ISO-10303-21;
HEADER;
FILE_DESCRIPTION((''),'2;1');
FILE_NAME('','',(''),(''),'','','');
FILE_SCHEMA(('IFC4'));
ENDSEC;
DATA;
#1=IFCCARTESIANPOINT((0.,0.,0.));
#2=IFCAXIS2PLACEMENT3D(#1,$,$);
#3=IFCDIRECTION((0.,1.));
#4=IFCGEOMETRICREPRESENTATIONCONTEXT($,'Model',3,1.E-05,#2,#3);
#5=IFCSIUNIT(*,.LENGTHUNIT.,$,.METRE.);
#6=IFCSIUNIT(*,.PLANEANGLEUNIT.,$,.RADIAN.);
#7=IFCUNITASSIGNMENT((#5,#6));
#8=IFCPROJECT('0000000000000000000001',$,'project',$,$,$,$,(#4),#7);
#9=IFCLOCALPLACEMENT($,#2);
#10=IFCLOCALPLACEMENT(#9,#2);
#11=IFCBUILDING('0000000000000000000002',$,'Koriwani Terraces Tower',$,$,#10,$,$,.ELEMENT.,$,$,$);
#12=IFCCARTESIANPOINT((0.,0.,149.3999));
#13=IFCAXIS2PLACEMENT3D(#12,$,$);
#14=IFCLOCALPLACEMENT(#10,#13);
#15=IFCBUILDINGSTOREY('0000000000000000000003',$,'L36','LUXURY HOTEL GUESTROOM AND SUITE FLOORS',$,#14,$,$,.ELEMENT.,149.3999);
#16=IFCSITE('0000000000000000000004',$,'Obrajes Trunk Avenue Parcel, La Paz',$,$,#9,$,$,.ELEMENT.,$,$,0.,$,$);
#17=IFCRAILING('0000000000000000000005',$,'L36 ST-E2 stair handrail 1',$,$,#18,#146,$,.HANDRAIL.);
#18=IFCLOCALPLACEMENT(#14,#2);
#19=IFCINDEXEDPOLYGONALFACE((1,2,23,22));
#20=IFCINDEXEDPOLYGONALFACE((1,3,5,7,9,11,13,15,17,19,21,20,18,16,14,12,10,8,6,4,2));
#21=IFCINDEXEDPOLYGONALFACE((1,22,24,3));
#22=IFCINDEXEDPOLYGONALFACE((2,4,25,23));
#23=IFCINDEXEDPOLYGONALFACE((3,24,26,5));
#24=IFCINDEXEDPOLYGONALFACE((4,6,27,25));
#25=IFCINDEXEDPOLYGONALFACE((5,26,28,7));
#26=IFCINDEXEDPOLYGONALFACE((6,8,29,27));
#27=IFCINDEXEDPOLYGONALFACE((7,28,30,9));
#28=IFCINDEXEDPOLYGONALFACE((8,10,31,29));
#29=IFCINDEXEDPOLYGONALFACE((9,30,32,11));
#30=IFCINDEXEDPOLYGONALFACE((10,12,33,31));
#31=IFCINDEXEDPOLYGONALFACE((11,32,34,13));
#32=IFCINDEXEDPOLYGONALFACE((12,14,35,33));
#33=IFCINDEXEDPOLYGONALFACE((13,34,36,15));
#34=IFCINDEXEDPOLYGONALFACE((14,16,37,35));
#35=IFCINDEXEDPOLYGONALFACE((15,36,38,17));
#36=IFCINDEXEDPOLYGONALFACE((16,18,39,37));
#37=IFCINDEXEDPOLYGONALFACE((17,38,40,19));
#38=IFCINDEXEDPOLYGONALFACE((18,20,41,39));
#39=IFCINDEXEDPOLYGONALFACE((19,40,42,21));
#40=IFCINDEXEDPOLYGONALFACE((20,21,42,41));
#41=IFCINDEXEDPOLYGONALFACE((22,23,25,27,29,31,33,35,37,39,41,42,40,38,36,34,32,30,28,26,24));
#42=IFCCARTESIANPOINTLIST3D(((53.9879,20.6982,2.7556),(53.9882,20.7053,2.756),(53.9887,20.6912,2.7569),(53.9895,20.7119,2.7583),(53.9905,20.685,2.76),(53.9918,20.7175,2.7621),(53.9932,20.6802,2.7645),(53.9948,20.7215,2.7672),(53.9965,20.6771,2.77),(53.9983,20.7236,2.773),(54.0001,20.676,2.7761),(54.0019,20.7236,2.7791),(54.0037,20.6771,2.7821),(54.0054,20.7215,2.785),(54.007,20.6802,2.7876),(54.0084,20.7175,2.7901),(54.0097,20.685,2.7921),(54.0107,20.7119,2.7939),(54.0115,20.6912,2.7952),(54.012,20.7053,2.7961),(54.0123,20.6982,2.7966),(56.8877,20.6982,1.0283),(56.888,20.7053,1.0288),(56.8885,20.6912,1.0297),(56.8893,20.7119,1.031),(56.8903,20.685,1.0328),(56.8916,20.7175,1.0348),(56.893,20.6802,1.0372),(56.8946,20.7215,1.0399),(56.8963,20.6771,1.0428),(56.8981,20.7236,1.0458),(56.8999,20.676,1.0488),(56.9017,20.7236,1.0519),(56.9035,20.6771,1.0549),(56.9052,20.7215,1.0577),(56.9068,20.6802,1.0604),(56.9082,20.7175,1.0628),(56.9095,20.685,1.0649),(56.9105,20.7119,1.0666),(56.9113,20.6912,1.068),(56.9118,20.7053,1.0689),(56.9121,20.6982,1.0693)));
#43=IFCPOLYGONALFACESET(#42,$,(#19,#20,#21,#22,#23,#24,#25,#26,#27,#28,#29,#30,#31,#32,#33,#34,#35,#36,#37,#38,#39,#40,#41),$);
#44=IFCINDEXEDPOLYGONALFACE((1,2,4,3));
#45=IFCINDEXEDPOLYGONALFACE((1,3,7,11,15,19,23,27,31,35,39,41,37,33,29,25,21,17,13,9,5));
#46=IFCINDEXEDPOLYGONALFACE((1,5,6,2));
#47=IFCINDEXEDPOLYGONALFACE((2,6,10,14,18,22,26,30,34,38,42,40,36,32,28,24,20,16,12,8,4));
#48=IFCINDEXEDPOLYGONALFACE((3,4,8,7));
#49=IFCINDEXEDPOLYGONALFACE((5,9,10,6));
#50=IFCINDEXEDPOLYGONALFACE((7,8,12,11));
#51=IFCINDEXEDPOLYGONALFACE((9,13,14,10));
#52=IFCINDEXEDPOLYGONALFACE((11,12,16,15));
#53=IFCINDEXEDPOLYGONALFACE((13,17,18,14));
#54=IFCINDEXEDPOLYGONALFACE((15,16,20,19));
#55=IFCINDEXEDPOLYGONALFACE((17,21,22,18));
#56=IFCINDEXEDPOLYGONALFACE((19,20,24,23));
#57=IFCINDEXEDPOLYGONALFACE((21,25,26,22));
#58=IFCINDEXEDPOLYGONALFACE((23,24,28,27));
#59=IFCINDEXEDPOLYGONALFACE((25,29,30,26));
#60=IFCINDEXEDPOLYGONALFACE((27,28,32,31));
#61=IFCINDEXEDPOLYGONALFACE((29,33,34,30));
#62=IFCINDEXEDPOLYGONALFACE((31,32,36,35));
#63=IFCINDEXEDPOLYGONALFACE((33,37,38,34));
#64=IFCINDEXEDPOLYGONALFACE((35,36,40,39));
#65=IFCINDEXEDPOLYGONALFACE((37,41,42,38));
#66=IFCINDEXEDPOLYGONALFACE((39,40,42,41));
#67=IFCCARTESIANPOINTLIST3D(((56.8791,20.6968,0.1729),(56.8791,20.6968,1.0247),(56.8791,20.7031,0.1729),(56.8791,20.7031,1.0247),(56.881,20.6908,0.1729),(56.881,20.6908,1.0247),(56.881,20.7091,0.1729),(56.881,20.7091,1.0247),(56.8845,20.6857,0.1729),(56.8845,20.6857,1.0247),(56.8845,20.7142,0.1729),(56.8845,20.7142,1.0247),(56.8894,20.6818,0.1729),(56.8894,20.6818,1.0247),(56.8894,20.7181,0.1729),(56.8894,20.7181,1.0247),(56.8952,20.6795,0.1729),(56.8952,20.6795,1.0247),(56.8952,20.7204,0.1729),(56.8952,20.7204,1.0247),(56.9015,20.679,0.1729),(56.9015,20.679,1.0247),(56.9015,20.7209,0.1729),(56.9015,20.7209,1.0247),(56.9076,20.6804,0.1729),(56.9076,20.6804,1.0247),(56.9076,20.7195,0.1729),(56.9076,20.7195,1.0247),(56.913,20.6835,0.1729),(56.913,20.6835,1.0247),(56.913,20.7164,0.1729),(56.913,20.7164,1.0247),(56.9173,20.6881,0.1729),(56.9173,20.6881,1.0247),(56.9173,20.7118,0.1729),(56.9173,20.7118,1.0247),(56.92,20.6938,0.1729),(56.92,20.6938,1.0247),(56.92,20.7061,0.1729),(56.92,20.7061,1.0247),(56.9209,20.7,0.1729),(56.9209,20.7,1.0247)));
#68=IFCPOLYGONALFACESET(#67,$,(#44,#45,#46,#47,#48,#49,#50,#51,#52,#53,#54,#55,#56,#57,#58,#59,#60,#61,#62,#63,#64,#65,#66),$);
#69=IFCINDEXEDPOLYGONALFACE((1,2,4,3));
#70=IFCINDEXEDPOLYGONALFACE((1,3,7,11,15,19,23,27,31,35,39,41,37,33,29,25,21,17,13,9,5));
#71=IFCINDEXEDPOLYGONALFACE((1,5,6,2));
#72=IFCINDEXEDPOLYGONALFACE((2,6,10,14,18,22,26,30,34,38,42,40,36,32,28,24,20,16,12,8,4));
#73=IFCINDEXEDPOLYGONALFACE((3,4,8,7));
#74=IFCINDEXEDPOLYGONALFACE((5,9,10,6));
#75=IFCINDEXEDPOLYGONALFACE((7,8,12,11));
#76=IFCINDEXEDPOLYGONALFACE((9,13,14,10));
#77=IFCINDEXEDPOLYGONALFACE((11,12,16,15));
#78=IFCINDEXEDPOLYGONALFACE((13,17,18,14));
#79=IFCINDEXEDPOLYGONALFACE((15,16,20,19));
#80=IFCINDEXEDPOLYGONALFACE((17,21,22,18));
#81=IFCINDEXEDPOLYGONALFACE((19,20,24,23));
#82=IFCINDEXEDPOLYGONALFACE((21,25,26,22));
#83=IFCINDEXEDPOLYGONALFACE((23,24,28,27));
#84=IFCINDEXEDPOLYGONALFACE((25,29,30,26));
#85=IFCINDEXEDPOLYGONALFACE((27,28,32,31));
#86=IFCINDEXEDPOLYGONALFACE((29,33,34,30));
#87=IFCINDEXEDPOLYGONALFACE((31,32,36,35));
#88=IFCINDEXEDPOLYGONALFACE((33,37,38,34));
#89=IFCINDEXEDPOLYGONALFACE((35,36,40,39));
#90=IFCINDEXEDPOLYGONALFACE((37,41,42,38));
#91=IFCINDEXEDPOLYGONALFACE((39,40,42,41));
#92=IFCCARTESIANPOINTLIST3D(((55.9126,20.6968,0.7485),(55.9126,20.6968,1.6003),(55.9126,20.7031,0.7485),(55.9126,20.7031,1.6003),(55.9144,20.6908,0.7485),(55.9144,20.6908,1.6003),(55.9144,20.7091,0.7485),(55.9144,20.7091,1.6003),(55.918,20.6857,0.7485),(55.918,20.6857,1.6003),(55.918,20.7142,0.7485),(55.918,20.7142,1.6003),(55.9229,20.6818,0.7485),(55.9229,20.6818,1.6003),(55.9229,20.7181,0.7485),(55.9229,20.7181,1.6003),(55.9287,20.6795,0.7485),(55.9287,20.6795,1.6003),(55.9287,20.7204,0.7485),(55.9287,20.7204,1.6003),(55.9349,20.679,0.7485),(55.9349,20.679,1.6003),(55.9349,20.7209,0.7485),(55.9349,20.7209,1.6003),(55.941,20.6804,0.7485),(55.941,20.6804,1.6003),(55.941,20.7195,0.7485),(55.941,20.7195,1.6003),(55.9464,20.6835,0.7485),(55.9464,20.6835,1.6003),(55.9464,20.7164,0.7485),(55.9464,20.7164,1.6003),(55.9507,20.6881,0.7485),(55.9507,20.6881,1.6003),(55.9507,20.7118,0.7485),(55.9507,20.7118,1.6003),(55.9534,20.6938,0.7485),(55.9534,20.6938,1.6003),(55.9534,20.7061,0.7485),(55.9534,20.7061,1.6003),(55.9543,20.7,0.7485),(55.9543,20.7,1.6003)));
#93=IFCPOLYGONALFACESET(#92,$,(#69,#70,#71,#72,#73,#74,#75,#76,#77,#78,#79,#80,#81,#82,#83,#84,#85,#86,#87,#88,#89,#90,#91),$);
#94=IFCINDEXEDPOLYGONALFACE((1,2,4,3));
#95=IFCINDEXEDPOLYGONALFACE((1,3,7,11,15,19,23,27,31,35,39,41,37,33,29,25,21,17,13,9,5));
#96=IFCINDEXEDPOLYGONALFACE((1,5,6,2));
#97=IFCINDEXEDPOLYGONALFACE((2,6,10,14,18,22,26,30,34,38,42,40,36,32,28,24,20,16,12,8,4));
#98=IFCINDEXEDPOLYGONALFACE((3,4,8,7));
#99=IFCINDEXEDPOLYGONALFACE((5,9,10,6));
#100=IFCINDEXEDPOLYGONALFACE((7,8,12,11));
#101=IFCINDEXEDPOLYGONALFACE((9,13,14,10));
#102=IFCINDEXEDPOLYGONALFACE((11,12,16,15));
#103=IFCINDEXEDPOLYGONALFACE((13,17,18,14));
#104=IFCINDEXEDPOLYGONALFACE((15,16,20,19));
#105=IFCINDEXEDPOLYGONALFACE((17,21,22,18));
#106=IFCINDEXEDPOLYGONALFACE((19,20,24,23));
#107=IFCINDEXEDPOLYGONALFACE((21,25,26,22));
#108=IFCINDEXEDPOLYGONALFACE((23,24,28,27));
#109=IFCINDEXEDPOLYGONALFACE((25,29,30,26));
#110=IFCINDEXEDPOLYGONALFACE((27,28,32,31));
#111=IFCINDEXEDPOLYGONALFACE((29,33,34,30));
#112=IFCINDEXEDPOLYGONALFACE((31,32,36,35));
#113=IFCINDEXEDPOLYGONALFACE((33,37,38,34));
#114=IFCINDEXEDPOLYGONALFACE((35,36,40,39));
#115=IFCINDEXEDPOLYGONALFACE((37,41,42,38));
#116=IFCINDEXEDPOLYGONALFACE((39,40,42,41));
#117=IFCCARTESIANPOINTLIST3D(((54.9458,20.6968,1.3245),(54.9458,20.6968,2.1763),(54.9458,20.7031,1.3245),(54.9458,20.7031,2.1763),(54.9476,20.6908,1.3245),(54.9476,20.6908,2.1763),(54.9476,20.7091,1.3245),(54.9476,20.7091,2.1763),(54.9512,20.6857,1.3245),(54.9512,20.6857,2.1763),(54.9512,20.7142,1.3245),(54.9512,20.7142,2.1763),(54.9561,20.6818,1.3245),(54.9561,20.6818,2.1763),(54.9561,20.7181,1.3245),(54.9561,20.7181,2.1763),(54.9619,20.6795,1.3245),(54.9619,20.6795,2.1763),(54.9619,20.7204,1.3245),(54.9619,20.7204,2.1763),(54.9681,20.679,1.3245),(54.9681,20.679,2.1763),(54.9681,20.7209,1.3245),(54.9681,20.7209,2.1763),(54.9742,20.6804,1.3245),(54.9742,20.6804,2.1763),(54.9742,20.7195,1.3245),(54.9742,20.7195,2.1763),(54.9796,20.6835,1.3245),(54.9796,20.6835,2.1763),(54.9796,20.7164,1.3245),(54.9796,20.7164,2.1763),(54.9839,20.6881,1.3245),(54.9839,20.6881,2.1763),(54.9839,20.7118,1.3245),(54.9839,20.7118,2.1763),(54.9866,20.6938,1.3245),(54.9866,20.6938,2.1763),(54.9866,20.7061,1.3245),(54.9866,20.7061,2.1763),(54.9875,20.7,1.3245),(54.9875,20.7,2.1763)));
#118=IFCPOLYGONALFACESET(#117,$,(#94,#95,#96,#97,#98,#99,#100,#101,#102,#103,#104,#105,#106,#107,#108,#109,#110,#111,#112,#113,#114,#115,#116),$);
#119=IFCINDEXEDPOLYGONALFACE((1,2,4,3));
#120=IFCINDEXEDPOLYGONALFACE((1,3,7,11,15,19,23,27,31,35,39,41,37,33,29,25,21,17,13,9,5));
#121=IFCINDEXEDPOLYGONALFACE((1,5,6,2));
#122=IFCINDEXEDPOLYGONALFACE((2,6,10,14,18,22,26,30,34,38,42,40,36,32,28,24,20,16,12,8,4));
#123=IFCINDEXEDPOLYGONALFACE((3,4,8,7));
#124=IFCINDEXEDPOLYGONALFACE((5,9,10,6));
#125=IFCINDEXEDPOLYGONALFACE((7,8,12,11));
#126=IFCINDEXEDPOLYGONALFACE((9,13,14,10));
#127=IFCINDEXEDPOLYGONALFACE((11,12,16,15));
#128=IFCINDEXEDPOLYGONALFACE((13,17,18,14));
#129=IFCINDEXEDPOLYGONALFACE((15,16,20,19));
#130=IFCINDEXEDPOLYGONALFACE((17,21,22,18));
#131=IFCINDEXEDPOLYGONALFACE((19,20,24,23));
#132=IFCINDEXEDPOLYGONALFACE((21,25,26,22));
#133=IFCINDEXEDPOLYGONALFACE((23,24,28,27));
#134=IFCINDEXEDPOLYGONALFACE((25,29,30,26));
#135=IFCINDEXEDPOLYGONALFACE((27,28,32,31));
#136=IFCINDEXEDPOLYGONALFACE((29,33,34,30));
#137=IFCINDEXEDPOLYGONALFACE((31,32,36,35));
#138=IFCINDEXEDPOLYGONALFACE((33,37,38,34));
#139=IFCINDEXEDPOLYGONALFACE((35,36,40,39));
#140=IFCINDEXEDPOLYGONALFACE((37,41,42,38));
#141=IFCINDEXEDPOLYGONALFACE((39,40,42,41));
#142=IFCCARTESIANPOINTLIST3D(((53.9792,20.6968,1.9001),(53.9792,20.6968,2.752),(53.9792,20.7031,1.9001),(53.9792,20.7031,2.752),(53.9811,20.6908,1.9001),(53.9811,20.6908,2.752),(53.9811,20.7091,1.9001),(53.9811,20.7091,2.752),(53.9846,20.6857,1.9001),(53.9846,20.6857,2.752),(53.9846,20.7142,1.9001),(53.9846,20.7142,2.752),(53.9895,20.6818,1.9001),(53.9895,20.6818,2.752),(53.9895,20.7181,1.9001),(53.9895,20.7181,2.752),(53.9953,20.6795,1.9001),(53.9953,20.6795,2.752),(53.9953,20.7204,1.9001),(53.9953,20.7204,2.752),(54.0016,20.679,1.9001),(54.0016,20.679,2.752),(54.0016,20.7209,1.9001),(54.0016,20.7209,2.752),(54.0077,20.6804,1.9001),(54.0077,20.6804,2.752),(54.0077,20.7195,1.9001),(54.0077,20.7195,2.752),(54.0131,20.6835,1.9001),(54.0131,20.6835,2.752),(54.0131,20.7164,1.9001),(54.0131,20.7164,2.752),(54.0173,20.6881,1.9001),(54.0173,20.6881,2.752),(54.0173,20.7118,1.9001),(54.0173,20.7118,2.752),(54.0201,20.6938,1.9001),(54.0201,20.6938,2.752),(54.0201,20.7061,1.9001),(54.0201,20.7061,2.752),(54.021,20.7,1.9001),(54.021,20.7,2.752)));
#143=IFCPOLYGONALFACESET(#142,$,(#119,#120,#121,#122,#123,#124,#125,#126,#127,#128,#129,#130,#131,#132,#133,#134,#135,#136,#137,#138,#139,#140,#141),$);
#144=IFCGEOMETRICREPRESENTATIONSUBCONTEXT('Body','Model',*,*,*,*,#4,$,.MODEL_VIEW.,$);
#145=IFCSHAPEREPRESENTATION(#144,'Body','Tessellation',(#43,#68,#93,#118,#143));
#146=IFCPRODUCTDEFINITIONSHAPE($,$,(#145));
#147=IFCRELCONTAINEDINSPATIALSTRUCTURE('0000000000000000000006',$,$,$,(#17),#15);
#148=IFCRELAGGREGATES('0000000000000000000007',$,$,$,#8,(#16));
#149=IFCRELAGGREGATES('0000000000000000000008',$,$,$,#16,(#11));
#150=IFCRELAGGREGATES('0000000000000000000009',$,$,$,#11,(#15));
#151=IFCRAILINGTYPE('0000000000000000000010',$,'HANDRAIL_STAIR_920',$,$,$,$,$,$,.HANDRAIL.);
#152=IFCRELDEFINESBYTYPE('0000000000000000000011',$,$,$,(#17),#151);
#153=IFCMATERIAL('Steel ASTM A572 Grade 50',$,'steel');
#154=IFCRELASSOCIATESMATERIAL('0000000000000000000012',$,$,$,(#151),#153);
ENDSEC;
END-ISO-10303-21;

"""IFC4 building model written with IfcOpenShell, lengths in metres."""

from ifc_helpers import new_model, si_unit, direction, frame, origin, origin_2d, place, context, subcontext, project, spatial, circle, extrude, material, type_object, element, save


model = new_model("IFC4")

# Units and contexts
model_context = context("Model", 3, precision=1e-05, world=origin(), true_north=direction((0.0, 1.0)))
body_context = subcontext(model_context, "Body", "Model", "MODEL_VIEW")
ifc_project = project(units=[si_unit("LENGTHUNIT", "METRE"), si_unit("PLANEANGLEUNIT", "RADIAN")], contexts=[model_context])

# Site, building, storey
site_placement = place(None, origin())
site = spatial("IfcSite", under=ifc_project, at=site_placement, Name="Obrajes Trunk Avenue Parcel, La Paz", CompositionType="ELEMENT", RefElevation=0.0)
building_placement = place(site_placement, origin())
building = spatial("IfcBuilding", under=site, at=building_placement, Name="Koriwani Terraces Tower", CompositionType="ELEMENT")
storey_placement = place(building_placement, frame((0.0, 0.0, 149.3999)))
storey = spatial("IfcBuildingStorey", under=building, at=storey_placement, Name="L36", Description="LUXURY HOTEL GUESTROOM AND SUITE FLOORS", CompositionType="ELEMENT", Elevation=149.3999)

# Shared definitions
ifc_material_1 = material(Name="Steel ASTM A572 Grade 50", Category="steel")

# Railing
railing_type_1 = type_object("IfcRailingType", Name="HANDRAIL_STAIR_920", PredefinedType="HANDRAIL", material=ifc_material_1)
railing_1_placement = place(storey_placement, frame((56.8999, 20.7, 0.1729)))
element("IfcRailing", 1, at=railing_1_placement, inside=storey, type_object=railing_type_1, Name="L36 ST-E2 stair handrail 1", PredefinedType="HANDRAIL", context=body_context, shape_type="SweptSolid", body=[
    extrude(circle(Radius=0.0239, at=origin_2d()), frame((0.0, 0.0, 0.876), z_axis=(-0.859141, 0.0, 0.511738), x_axis=(0.0, -1.0, 0.0)), (0.0, 0.0, 1.0), 3.3752),
    extrude(circle(Radius=0.021, at=origin_2d()), origin(), (0.0, 0.0, 1.0), 0.8518),
    extrude(circle(Radius=0.021, at=origin_2d()), frame((-0.9666, 0.0, 0.5757)), (0.0, 0.0, 1.0), 0.8518),
    extrude(circle(Radius=0.021, at=origin_2d()), frame((-1.9333, 0.0, 1.1516)), (0.0, 0.0, 1.0), 0.8518),
    extrude(circle(Radius=0.021, at=origin_2d()), frame((-2.8999, 0.0, 1.7273)), (0.0, 0.0, 1.0), 0.8518),
])

save(model, "model.ifc")
